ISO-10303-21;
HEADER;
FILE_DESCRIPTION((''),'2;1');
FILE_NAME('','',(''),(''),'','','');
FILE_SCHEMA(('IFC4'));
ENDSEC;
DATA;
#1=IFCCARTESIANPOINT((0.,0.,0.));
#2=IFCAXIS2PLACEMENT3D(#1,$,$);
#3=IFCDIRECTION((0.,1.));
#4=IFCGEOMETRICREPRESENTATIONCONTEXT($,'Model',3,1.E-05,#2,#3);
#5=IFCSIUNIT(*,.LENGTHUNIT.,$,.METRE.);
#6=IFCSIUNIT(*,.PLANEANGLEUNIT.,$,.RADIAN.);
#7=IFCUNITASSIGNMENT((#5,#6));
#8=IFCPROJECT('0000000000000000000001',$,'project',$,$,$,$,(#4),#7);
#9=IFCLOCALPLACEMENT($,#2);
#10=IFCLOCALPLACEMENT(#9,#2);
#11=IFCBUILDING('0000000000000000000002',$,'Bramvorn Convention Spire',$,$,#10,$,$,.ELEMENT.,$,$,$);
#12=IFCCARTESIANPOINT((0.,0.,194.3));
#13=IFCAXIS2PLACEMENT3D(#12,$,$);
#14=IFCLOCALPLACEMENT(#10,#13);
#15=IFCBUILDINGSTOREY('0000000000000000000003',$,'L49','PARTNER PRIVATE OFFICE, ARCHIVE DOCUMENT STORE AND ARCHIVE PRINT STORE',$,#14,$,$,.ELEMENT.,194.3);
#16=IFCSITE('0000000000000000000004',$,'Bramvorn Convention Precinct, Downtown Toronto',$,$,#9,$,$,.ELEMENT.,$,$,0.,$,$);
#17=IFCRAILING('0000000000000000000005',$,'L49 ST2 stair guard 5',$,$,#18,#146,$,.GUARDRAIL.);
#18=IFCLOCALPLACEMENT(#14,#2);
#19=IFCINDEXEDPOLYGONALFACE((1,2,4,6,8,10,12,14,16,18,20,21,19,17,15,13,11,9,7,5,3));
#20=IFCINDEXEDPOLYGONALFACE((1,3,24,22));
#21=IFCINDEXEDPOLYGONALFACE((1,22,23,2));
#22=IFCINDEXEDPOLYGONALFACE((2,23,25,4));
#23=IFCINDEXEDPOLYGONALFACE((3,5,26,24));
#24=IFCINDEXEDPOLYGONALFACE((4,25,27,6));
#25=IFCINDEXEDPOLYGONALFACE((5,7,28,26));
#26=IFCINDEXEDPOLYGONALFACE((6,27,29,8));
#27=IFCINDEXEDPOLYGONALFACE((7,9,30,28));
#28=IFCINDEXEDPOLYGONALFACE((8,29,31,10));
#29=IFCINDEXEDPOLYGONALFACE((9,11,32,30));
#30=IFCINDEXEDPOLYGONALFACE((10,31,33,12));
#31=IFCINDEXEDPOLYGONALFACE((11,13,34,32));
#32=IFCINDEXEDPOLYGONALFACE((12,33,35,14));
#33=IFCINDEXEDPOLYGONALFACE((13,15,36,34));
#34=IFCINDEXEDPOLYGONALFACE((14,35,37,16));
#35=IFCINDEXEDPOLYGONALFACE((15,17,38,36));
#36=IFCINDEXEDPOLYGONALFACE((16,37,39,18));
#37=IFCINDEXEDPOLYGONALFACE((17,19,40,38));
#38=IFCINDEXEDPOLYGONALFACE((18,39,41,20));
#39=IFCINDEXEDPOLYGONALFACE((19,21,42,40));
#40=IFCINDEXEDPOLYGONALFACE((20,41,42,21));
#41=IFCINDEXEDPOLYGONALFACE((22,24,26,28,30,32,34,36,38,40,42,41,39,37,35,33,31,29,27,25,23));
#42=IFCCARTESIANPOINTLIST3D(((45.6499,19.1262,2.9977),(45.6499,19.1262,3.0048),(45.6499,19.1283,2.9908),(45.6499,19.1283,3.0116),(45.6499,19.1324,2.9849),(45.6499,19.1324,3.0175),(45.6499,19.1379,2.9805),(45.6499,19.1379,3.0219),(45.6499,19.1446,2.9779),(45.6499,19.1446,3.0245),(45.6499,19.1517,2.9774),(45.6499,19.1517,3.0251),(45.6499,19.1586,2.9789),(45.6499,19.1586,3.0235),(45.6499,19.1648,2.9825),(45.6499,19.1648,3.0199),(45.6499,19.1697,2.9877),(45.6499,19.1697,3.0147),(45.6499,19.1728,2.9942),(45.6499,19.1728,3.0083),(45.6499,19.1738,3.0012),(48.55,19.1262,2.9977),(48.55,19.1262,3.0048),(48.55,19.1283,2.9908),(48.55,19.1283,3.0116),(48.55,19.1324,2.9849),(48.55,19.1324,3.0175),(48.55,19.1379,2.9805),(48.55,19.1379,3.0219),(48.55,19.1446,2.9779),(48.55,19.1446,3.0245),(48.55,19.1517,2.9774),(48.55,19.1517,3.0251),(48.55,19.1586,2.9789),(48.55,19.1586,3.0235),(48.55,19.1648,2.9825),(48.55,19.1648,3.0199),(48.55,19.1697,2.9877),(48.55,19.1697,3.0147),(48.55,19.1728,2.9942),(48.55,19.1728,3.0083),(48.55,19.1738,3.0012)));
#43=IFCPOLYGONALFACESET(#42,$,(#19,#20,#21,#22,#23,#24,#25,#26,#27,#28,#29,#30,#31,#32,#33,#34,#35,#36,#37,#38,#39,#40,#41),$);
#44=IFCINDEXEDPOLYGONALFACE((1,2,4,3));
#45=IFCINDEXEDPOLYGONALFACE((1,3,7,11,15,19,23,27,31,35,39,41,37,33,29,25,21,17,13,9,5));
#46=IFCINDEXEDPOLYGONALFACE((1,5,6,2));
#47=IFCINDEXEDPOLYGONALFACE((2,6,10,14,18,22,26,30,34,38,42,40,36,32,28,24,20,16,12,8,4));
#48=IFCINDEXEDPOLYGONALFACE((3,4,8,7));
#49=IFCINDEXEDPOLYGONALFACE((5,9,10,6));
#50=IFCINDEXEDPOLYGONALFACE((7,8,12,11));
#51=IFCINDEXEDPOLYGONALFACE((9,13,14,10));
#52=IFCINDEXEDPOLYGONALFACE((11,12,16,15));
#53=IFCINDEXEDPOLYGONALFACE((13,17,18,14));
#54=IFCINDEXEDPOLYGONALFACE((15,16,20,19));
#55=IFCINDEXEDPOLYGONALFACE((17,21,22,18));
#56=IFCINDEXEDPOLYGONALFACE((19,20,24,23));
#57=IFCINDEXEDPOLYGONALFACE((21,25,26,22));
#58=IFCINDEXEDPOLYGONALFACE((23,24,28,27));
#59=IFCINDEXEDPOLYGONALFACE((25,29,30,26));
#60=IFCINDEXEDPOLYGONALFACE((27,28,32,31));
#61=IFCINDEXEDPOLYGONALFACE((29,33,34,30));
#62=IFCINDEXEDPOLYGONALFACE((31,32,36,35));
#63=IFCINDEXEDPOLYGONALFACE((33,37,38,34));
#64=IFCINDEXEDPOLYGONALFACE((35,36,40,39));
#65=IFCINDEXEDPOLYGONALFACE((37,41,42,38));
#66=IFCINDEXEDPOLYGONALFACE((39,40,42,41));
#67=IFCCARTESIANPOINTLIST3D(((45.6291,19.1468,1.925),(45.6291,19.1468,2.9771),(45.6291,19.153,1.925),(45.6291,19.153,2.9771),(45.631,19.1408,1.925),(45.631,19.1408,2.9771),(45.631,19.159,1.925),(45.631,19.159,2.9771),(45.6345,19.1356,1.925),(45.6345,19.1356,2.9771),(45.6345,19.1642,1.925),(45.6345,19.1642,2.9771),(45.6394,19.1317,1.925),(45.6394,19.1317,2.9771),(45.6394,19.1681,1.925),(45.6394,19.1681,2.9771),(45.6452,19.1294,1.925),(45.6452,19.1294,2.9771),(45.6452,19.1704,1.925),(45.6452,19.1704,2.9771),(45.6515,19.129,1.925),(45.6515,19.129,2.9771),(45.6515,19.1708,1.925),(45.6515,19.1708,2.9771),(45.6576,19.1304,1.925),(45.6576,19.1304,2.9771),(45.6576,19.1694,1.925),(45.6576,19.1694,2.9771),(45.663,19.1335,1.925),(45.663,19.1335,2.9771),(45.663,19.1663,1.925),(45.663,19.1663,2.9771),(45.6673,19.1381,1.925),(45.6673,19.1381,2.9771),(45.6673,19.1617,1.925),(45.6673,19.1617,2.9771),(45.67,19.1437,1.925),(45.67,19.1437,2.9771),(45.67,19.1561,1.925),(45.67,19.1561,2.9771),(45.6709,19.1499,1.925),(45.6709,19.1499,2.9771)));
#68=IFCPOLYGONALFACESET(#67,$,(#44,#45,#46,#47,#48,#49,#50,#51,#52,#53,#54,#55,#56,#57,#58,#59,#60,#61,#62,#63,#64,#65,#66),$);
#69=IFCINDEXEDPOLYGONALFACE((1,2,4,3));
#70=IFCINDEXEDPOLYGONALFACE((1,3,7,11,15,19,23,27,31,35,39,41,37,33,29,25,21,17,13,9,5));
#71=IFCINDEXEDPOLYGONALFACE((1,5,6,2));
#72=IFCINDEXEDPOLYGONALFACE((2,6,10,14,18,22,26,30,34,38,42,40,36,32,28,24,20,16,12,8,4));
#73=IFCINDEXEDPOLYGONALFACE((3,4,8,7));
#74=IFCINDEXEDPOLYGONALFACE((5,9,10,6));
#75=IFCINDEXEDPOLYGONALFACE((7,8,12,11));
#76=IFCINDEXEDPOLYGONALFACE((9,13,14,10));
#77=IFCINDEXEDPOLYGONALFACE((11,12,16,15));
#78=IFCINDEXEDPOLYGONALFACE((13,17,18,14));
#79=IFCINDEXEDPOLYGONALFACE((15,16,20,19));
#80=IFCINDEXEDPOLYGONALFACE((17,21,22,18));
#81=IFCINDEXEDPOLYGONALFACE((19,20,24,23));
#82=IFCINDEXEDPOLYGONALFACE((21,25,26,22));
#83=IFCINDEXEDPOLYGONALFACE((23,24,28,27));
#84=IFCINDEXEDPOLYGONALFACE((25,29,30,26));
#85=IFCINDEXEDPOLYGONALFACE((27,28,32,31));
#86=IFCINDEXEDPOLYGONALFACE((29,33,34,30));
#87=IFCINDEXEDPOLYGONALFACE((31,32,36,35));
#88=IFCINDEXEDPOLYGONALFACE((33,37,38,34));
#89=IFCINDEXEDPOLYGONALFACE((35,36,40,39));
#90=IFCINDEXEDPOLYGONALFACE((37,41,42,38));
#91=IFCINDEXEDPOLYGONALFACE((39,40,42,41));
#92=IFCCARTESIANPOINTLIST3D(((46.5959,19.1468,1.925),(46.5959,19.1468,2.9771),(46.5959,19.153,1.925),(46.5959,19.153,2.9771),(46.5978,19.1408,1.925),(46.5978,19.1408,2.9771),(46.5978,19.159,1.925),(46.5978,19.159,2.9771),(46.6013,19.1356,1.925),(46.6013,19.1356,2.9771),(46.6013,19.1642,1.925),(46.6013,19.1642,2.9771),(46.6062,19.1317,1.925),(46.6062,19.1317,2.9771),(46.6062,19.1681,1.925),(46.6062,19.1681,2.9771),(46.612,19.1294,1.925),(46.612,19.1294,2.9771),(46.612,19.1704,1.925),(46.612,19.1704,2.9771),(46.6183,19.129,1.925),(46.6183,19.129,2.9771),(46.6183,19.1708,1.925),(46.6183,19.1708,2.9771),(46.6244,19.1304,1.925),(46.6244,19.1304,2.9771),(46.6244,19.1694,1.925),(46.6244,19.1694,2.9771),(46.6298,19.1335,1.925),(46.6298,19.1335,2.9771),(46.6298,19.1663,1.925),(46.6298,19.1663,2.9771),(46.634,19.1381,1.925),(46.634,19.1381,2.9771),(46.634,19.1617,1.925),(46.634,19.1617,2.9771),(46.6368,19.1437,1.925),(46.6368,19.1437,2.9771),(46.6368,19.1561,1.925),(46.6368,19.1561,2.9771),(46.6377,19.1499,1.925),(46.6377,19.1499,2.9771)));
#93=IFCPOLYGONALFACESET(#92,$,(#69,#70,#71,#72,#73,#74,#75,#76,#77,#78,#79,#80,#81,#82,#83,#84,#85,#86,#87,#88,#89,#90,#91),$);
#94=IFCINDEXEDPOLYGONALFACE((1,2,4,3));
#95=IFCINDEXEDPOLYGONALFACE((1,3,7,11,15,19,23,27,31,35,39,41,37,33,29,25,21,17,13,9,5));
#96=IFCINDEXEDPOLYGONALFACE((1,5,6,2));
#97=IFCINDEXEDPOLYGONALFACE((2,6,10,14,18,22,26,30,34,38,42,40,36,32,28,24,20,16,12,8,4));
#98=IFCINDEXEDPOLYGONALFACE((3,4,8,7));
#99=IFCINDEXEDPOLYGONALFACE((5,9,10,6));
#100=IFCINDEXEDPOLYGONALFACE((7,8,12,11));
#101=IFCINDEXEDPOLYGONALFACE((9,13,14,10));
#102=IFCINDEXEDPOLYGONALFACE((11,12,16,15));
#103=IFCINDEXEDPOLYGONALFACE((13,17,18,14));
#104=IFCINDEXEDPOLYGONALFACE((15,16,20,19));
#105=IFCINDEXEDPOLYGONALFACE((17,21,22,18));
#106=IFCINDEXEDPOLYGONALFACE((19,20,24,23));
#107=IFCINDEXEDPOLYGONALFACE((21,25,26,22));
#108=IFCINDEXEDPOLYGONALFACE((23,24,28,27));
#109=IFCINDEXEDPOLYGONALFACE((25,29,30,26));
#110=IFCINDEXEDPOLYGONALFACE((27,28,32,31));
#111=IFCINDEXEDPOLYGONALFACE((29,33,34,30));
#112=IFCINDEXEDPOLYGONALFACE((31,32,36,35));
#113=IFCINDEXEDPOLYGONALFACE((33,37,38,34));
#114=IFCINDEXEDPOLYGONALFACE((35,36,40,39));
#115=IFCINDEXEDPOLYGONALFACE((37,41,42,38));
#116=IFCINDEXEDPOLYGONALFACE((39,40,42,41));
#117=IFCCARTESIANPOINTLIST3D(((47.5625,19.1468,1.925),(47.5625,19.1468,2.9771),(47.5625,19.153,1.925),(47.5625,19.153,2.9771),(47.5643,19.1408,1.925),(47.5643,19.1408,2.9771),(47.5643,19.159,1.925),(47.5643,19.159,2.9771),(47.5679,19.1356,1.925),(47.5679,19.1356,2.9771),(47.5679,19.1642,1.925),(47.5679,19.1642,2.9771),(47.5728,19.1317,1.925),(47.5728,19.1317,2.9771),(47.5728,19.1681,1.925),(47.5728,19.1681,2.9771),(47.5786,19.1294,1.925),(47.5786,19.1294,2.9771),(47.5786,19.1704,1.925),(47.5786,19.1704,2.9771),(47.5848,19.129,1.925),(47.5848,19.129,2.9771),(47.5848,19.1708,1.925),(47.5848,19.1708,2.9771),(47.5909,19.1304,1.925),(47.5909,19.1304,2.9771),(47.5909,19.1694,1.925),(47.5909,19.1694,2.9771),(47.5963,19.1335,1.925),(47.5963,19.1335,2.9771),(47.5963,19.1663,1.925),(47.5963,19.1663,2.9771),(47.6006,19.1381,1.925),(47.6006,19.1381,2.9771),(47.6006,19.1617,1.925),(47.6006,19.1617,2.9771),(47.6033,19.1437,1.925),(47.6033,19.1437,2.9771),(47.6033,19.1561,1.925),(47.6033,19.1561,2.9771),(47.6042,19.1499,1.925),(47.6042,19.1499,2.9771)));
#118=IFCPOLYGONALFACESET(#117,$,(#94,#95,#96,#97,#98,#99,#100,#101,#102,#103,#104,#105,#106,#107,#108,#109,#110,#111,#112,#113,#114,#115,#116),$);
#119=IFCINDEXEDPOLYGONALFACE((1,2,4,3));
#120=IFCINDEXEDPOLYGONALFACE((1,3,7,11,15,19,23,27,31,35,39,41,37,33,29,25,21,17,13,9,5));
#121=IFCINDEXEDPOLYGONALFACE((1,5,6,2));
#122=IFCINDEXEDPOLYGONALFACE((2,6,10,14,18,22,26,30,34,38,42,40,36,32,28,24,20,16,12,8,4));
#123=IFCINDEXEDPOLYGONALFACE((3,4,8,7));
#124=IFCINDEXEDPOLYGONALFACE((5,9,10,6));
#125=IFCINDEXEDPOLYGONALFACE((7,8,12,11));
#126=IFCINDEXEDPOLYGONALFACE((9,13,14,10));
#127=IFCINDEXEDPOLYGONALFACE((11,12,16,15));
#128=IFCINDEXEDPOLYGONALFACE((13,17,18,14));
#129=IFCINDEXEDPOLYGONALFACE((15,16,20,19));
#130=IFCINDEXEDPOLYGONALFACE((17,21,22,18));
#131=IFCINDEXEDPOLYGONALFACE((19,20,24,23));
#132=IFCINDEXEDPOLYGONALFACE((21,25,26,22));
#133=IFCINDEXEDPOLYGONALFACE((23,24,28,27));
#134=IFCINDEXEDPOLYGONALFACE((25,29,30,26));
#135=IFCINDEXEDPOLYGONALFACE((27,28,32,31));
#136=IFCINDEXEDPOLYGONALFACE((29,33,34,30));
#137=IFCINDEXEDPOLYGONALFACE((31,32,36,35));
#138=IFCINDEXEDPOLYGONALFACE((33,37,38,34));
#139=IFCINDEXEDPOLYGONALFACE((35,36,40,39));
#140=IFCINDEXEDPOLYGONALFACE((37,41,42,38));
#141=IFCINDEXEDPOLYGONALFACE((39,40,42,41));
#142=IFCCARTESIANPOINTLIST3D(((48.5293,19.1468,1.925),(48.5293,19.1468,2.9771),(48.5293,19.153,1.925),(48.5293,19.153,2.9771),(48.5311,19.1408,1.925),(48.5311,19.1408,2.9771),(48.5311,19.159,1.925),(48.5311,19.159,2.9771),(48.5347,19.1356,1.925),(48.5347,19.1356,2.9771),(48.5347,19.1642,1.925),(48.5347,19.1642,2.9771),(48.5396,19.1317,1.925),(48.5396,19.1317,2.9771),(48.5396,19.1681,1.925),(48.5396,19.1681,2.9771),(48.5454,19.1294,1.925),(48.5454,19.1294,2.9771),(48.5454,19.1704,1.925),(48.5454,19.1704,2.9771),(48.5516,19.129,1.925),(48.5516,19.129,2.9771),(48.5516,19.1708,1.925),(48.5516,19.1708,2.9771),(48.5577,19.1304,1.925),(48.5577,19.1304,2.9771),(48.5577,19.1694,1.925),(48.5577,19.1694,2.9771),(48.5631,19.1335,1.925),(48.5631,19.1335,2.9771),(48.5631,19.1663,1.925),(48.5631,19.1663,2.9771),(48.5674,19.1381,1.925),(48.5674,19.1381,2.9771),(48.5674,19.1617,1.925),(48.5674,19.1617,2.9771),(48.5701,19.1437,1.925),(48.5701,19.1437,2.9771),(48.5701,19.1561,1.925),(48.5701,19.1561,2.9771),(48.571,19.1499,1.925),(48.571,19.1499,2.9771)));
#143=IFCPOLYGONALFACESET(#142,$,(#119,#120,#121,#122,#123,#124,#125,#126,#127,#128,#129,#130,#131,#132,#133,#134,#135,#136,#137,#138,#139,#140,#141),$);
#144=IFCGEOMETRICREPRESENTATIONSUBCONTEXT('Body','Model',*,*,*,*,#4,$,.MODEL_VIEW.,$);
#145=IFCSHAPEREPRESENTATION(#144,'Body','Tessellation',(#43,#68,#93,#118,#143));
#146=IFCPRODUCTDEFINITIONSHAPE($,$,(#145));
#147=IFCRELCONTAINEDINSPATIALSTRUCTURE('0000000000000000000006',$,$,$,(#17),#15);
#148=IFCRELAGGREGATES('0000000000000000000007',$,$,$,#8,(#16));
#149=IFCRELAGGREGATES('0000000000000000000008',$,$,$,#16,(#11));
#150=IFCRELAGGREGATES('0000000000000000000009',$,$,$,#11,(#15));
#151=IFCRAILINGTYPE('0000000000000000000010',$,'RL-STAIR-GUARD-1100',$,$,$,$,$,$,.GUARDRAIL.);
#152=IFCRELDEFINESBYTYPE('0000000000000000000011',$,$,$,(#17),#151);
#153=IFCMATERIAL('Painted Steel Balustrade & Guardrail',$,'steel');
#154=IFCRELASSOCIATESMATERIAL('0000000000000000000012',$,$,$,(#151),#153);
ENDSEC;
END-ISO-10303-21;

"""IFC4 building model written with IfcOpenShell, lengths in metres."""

from ifc_helpers import new_model, si_unit, direction, frame, origin, origin_2d, place, context, subcontext, project, spatial, circle, extrude, material, type_object, element, save


model = new_model("IFC4")

# Units and contexts
model_context = context("Model", 3, precision=1e-05, world=origin(), true_north=direction((0.0, 1.0)))
body_context = subcontext(model_context, "Body", "Model", "MODEL_VIEW")
ifc_project = project(units=[si_unit("LENGTHUNIT", "METRE"), si_unit("PLANEANGLEUNIT", "RADIAN")], contexts=[model_context])

# Site, building, storey
site_placement = place(None, origin())
site = spatial("IfcSite", under=ifc_project, at=site_placement, Name="Bramvorn Convention Precinct, Downtown Toronto", CompositionType="ELEMENT", RefElevation=0.0)
building_placement = place(site_placement, origin())
building = spatial("IfcBuilding", under=site, at=building_placement, Name="Bramvorn Convention Spire", CompositionType="ELEMENT")
storey_placement = place(building_placement, frame((0.0, 0.0, 194.3)))
storey = spatial("IfcBuildingStorey", under=building, at=storey_placement, Name="L49", Description="PARTNER PRIVATE OFFICE, ARCHIVE DOCUMENT STORE AND ARCHIVE PRINT STORE", CompositionType="ELEMENT", Elevation=194.3)

# Railing
ifc_material_1 = material(Name="Painted Steel Balustrade & Guardrail", Category="steel")
railing_type_1 = type_object("IfcRailingType", Name="RL-STAIR-GUARD-1100", PredefinedType="GUARDRAIL", material=ifc_material_1)
railing_1_placement = place(storey_placement, frame((45.6499, 19.1499, 1.925)))
element("IfcRailing", 1, at=railing_1_placement, inside=storey, type_object=railing_type_1, Name="L49 ST2 stair guard 5", PredefinedType="GUARDRAIL", context=body_context, shape_type="SweptSolid", body=[
    extrude(circle(Radius=0.0239, at=origin_2d()), frame((0.0, 0.0, 1.0762), z_axis=(1.0, 0.0, 0.0), x_axis=(0.0, 1.0, 0.0)), (0.0, 0.0, 1.0), 2.9001),
    extrude(circle(Radius=0.021, at=origin_2d()), origin(), (0.0, 0.0, 1.0), 1.052),
    extrude(circle(Radius=0.021, at=origin_2d()), frame((0.9668, 0.0, 0.0)), (0.0, 0.0, 1.0), 1.052),
    extrude(circle(Radius=0.021, at=origin_2d()), frame((1.9333, 0.0, 0.0)), (0.0, 0.0, 1.0), 1.052),
    extrude(circle(Radius=0.021, at=origin_2d()), frame((2.9001, 0.0, 0.0)), (0.0, 0.0, 1.0), 1.052),
])

save(model, "model.ifc")
